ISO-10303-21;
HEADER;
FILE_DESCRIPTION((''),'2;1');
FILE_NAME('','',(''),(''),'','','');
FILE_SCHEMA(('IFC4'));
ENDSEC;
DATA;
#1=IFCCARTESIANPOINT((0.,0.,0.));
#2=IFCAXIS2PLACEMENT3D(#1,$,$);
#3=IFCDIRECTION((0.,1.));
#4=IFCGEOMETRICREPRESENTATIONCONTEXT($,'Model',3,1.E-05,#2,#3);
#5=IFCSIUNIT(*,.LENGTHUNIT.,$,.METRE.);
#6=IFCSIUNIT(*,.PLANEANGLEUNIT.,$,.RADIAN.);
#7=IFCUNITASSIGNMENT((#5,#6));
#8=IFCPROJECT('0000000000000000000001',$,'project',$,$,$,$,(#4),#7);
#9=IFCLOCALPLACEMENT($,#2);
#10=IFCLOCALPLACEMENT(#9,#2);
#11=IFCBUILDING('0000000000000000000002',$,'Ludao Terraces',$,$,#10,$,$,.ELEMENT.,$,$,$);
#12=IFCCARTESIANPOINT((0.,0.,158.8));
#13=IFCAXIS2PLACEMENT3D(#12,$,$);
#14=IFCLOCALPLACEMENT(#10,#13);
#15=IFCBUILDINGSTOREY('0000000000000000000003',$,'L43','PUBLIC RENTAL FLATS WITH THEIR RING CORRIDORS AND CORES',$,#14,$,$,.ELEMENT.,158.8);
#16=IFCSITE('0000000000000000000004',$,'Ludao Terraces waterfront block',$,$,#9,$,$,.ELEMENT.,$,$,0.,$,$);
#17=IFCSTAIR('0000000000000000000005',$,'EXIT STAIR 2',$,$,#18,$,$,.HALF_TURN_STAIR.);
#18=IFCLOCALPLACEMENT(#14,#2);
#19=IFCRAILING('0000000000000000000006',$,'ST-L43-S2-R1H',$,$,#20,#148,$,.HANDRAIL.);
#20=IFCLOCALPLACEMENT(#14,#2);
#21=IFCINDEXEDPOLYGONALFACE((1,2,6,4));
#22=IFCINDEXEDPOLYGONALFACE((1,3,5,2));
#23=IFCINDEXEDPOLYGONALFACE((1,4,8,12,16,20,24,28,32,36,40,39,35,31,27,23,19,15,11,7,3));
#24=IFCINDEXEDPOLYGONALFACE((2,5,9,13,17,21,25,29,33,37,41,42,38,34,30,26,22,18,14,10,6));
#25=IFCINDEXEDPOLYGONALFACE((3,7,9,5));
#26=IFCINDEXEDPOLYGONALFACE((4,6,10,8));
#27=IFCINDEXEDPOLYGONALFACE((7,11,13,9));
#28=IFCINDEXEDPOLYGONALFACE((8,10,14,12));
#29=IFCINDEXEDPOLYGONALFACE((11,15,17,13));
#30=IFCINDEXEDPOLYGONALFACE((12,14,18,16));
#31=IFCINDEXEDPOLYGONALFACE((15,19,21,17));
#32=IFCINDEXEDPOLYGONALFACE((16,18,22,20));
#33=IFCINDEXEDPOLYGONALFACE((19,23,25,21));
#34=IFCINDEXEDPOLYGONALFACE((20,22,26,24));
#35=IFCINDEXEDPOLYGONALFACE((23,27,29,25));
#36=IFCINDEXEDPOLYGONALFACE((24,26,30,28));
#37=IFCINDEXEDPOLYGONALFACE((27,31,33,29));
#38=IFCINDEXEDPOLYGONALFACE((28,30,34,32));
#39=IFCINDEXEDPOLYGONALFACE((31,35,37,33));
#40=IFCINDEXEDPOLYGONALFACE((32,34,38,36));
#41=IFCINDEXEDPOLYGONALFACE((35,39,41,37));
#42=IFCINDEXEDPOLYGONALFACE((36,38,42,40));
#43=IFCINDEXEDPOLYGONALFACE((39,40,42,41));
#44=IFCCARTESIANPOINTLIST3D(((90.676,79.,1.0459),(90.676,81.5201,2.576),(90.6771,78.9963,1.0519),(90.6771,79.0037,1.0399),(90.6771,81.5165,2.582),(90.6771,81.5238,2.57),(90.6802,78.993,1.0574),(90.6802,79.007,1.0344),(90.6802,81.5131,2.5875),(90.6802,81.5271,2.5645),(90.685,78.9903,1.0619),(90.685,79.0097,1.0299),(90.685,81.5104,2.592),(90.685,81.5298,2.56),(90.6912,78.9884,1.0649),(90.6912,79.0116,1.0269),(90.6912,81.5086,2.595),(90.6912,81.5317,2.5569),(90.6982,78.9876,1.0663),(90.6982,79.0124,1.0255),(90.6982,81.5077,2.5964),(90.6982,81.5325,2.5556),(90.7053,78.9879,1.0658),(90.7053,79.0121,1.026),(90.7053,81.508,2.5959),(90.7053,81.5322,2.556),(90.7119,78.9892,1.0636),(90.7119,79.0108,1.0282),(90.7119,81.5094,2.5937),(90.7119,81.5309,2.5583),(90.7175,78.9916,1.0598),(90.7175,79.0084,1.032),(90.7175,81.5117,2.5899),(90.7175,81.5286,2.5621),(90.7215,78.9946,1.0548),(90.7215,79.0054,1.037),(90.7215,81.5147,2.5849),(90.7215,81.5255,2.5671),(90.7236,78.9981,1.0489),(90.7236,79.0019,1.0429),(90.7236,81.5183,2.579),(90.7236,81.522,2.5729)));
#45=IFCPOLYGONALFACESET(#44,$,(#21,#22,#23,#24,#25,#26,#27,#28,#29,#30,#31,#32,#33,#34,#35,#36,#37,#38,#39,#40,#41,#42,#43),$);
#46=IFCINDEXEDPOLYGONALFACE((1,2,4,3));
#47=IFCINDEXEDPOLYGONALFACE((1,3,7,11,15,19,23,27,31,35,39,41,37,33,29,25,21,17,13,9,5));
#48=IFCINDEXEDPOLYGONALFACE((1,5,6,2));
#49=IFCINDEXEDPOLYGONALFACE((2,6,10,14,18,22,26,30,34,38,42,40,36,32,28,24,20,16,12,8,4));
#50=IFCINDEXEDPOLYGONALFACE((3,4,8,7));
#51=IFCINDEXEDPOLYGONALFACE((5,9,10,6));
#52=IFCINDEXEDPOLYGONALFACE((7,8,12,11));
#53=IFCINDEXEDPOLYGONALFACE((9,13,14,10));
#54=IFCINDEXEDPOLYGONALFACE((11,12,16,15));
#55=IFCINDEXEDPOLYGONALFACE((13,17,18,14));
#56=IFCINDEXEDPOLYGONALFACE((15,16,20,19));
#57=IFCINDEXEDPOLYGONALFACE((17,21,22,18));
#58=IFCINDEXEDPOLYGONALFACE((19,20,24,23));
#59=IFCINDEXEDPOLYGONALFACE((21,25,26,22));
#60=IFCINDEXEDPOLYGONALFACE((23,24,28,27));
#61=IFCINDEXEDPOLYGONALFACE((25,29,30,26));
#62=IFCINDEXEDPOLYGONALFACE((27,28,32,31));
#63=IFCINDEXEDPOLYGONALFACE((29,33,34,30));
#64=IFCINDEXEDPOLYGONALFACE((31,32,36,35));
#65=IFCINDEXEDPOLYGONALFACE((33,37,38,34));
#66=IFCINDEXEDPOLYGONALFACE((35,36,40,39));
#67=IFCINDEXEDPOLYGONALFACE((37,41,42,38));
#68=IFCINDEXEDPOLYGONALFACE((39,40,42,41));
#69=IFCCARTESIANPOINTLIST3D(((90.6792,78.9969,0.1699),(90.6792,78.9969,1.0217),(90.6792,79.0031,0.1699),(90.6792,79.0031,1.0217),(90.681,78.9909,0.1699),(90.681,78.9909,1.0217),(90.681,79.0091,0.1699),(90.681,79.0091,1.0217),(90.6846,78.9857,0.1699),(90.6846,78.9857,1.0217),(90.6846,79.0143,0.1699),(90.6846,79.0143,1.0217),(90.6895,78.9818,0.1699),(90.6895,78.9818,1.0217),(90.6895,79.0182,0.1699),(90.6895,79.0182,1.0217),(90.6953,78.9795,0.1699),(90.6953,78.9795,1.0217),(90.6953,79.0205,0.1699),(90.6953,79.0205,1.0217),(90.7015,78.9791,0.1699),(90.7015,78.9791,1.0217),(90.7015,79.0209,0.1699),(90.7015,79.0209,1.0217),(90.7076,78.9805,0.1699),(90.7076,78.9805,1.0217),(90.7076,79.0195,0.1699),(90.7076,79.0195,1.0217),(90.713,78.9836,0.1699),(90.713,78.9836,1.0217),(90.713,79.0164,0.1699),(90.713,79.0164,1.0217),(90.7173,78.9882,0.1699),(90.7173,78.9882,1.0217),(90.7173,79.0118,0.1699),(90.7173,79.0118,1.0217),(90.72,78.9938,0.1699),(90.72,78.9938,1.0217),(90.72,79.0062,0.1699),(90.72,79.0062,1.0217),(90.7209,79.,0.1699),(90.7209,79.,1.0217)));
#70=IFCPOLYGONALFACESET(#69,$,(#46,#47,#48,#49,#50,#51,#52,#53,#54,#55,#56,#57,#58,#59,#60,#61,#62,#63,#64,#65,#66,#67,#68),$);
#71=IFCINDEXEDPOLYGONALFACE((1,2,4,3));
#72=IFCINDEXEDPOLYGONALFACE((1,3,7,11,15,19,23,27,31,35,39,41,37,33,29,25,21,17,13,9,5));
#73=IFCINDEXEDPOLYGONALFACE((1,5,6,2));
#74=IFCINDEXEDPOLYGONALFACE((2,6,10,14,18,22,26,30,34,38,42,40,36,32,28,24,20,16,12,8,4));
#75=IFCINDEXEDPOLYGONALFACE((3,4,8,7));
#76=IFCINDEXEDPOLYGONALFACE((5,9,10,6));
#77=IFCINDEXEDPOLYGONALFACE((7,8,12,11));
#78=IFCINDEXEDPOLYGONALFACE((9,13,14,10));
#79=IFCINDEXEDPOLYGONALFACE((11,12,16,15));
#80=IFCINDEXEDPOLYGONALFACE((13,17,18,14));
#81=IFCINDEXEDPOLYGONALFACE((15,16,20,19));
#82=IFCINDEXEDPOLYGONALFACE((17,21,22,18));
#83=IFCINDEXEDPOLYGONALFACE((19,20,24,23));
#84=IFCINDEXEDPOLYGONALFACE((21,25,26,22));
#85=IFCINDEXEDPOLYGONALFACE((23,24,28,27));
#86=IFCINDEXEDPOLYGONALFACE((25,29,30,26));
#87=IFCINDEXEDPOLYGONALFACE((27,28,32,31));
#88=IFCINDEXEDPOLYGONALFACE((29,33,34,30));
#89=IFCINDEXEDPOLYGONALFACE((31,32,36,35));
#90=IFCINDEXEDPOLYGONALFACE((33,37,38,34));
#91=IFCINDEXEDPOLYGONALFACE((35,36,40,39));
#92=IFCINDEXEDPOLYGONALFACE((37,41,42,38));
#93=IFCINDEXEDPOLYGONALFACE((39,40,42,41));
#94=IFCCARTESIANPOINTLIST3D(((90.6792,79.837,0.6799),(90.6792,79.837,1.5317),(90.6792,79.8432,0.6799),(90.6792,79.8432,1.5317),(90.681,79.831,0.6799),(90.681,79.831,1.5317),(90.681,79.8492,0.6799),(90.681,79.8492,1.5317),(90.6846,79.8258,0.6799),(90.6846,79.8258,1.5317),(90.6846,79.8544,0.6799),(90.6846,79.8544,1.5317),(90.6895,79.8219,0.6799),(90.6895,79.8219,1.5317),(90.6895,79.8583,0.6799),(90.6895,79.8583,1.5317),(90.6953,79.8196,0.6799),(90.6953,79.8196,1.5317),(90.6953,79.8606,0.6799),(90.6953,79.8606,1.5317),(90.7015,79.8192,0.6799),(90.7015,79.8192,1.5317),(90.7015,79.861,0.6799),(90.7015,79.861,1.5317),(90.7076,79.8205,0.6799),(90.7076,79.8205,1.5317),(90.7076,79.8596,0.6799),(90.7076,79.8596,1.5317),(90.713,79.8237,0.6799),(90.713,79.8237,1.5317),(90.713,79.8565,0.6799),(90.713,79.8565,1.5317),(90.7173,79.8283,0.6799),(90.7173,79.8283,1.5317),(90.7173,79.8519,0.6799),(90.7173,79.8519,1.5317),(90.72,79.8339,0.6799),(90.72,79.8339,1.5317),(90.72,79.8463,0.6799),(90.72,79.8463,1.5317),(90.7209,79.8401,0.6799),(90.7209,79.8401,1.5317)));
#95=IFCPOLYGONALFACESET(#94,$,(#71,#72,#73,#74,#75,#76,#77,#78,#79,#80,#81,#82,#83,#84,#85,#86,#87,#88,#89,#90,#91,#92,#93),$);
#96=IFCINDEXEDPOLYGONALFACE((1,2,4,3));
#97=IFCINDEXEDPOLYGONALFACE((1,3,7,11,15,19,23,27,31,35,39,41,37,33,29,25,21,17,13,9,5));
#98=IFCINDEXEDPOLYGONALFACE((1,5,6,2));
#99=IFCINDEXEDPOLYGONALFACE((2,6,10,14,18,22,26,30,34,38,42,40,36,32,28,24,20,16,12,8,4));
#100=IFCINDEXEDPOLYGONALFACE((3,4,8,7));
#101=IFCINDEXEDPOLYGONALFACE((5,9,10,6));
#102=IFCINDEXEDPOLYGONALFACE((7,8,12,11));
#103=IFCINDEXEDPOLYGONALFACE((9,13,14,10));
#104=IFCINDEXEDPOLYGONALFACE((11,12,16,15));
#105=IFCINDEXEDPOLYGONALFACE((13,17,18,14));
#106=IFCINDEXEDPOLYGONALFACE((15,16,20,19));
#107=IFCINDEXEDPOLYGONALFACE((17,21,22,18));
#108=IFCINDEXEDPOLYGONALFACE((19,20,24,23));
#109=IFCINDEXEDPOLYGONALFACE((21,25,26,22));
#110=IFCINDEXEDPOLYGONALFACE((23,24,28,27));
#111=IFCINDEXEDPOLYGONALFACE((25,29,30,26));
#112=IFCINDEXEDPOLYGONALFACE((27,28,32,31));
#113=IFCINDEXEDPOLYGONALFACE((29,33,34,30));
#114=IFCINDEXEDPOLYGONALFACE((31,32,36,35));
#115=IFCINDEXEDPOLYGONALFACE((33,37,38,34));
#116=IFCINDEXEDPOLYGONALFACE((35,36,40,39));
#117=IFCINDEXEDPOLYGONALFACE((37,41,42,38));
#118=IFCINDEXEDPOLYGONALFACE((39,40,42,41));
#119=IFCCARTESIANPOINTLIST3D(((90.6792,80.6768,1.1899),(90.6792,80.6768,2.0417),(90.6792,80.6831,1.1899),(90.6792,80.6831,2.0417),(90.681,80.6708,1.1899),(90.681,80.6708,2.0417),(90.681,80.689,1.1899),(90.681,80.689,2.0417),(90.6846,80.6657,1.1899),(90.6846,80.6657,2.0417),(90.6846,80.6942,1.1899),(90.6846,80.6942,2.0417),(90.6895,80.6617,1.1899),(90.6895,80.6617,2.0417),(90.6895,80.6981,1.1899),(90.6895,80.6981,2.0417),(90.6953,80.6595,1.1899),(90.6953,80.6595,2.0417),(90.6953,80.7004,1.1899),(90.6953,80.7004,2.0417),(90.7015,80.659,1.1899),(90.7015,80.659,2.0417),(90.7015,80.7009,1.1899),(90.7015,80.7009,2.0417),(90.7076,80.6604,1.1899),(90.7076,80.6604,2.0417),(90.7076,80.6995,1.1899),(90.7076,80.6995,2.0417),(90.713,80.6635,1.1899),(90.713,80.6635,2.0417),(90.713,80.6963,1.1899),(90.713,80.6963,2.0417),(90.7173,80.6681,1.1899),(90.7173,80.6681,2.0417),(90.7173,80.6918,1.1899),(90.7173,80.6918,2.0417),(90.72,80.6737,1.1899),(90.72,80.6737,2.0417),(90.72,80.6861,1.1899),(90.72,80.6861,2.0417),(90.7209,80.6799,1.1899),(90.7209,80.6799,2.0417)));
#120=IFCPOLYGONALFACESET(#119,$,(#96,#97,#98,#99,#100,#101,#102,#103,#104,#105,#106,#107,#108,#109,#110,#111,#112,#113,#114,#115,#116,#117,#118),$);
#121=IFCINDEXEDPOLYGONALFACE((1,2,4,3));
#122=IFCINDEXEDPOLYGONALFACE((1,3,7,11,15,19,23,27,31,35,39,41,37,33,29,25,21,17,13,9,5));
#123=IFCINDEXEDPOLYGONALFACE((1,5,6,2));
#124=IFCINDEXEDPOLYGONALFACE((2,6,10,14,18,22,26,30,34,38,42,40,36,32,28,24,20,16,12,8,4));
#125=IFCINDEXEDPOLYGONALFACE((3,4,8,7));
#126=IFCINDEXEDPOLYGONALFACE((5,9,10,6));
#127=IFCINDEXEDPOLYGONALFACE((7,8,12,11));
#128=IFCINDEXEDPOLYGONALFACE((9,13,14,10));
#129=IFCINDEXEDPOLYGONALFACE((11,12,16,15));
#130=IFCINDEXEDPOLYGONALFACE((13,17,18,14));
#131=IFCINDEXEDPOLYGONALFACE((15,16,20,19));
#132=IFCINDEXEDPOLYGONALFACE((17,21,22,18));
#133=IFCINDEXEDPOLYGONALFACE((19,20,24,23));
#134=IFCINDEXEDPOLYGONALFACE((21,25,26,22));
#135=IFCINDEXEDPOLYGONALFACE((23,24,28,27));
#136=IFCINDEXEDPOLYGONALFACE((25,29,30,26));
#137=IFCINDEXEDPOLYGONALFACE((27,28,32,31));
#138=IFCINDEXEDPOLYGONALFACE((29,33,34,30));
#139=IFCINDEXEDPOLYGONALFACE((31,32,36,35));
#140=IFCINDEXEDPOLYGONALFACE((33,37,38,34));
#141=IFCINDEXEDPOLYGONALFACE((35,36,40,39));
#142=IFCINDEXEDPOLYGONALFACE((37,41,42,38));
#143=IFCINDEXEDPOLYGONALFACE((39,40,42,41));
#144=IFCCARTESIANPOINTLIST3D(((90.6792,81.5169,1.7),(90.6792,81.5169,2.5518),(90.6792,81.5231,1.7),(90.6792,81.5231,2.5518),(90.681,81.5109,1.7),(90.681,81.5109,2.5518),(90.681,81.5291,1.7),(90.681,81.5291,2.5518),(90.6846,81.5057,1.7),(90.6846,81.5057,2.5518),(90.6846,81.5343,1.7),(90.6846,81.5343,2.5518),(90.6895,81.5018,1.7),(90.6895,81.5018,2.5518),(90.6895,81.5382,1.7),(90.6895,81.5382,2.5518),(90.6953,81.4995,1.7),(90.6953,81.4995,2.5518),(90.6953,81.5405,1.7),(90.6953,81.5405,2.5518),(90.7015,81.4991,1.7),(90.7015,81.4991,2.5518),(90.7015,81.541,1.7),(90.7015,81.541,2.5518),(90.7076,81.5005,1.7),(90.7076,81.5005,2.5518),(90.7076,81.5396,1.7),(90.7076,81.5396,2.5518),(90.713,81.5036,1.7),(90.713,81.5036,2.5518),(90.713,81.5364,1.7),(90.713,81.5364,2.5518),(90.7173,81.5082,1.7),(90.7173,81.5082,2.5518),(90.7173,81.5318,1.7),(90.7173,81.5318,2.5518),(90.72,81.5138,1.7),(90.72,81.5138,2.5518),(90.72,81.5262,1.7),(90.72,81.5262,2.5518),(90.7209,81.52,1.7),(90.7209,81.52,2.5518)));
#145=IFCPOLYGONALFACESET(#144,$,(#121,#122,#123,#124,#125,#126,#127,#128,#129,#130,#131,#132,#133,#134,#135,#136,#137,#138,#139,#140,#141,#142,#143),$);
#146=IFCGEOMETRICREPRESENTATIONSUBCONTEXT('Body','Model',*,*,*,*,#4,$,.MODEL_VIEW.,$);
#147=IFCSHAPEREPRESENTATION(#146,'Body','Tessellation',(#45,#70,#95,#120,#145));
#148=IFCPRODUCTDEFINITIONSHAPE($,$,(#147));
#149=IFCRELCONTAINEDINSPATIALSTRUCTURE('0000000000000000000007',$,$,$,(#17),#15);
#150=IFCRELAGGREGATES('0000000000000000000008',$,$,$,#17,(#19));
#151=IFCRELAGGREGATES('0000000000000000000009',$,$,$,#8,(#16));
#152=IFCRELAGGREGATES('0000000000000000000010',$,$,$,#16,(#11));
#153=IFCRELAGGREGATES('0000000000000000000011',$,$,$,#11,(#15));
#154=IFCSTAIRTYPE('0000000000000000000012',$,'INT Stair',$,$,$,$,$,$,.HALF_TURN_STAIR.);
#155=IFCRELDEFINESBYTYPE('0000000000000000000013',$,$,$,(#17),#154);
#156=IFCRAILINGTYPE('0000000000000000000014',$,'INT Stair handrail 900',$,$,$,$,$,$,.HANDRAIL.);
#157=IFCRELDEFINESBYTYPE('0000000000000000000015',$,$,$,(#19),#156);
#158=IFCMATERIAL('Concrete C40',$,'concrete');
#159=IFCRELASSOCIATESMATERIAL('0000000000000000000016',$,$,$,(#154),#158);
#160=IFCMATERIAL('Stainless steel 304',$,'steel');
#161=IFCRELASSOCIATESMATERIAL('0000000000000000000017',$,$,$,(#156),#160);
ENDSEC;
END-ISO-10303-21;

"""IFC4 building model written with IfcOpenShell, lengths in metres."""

from ifc_helpers import new_model, si_unit, direction, frame, origin, origin_2d, place, context, subcontext, project, spatial, circle, extrude, material, type_object, element, aggregate, save


model = new_model("IFC4")

# Units and contexts
model_context = context("Model", 3, precision=1e-05, world=origin(), true_north=direction((0.0, 1.0)))
body_context = subcontext(model_context, "Body", "Model", "MODEL_VIEW")
ifc_project = project(units=[si_unit("LENGTHUNIT", "METRE"), si_unit("PLANEANGLEUNIT", "RADIAN")], contexts=[model_context])

# Site, building, storey
site_placement = place(None, origin())
site = spatial("IfcSite", under=ifc_project, at=site_placement, Name="Ludao Terraces waterfront block", CompositionType="ELEMENT", RefElevation=0.0)
building_placement = place(site_placement, origin())
building = spatial("IfcBuilding", under=site, at=building_placement, Name="Ludao Terraces", CompositionType="ELEMENT")
storey_placement = place(building_placement, frame((0.0, 0.0, 158.8)))
storey = spatial("IfcBuildingStorey", under=building, at=storey_placement, Name="L43", Description="PUBLIC RENTAL FLATS WITH THEIR RING CORRIDORS AND CORES", CompositionType="ELEMENT", Elevation=158.8)

# Shared definitions
ifc_material_1 = material(Name="Stainless steel 304", Category="steel")

# Stair, railing
ifc_material_2 = material(Name="Concrete C40", Category="concrete")
stair_type = type_object("IfcStairType", Name="INT Stair", PredefinedType="HALF_TURN_STAIR", material=ifc_material_2)
stair_placement = place(storey_placement, origin())
stair = element("IfcStair", 1, at=stair_placement, inside=storey, type_object=stair_type, Name="EXIT STAIR 2", PredefinedType="HALF_TURN_STAIR")
railing_type_1 = type_object("IfcRailingType", Name="INT Stair handrail 900", PredefinedType="HANDRAIL", material=ifc_material_1)
railing_1_placement = place(storey_placement, frame((90.7, 79.0, 0.1699)))
railing_1 = element("IfcRailing", 2, at=railing_1_placement, type_object=railing_type_1, Name="ST-L43-S2-R1H", PredefinedType="HANDRAIL", context=body_context, shape_type="SweptSolid", body=[
    extrude(circle(Radius=0.0239, at=origin_2d()), frame((0.0, 0.0, 0.876), z_axis=(0.0, 0.854785, 0.518982), x_axis=(-1.0, 0.0, 0.0)), (0.0, 0.0, 1.0), 2.9482),
    extrude(circle(Radius=0.021, at=origin_2d()), origin(), (0.0, 0.0, 1.0), 0.8518),
    extrude(circle(Radius=0.021, at=origin_2d()), frame((0.0, 0.8401, 0.51)), (0.0, 0.0, 1.0), 0.8518),
    extrude(circle(Radius=0.021, at=origin_2d()), frame((0.0, 1.6799, 1.02)), (0.0, 0.0, 1.0), 0.8518),
    extrude(circle(Radius=0.021, at=origin_2d()), frame((0.0, 2.52, 1.53)), (0.0, 0.0, 1.0), 0.8518),
])
aggregate(stair, [railing_1])

save(model, "model.ifc")
